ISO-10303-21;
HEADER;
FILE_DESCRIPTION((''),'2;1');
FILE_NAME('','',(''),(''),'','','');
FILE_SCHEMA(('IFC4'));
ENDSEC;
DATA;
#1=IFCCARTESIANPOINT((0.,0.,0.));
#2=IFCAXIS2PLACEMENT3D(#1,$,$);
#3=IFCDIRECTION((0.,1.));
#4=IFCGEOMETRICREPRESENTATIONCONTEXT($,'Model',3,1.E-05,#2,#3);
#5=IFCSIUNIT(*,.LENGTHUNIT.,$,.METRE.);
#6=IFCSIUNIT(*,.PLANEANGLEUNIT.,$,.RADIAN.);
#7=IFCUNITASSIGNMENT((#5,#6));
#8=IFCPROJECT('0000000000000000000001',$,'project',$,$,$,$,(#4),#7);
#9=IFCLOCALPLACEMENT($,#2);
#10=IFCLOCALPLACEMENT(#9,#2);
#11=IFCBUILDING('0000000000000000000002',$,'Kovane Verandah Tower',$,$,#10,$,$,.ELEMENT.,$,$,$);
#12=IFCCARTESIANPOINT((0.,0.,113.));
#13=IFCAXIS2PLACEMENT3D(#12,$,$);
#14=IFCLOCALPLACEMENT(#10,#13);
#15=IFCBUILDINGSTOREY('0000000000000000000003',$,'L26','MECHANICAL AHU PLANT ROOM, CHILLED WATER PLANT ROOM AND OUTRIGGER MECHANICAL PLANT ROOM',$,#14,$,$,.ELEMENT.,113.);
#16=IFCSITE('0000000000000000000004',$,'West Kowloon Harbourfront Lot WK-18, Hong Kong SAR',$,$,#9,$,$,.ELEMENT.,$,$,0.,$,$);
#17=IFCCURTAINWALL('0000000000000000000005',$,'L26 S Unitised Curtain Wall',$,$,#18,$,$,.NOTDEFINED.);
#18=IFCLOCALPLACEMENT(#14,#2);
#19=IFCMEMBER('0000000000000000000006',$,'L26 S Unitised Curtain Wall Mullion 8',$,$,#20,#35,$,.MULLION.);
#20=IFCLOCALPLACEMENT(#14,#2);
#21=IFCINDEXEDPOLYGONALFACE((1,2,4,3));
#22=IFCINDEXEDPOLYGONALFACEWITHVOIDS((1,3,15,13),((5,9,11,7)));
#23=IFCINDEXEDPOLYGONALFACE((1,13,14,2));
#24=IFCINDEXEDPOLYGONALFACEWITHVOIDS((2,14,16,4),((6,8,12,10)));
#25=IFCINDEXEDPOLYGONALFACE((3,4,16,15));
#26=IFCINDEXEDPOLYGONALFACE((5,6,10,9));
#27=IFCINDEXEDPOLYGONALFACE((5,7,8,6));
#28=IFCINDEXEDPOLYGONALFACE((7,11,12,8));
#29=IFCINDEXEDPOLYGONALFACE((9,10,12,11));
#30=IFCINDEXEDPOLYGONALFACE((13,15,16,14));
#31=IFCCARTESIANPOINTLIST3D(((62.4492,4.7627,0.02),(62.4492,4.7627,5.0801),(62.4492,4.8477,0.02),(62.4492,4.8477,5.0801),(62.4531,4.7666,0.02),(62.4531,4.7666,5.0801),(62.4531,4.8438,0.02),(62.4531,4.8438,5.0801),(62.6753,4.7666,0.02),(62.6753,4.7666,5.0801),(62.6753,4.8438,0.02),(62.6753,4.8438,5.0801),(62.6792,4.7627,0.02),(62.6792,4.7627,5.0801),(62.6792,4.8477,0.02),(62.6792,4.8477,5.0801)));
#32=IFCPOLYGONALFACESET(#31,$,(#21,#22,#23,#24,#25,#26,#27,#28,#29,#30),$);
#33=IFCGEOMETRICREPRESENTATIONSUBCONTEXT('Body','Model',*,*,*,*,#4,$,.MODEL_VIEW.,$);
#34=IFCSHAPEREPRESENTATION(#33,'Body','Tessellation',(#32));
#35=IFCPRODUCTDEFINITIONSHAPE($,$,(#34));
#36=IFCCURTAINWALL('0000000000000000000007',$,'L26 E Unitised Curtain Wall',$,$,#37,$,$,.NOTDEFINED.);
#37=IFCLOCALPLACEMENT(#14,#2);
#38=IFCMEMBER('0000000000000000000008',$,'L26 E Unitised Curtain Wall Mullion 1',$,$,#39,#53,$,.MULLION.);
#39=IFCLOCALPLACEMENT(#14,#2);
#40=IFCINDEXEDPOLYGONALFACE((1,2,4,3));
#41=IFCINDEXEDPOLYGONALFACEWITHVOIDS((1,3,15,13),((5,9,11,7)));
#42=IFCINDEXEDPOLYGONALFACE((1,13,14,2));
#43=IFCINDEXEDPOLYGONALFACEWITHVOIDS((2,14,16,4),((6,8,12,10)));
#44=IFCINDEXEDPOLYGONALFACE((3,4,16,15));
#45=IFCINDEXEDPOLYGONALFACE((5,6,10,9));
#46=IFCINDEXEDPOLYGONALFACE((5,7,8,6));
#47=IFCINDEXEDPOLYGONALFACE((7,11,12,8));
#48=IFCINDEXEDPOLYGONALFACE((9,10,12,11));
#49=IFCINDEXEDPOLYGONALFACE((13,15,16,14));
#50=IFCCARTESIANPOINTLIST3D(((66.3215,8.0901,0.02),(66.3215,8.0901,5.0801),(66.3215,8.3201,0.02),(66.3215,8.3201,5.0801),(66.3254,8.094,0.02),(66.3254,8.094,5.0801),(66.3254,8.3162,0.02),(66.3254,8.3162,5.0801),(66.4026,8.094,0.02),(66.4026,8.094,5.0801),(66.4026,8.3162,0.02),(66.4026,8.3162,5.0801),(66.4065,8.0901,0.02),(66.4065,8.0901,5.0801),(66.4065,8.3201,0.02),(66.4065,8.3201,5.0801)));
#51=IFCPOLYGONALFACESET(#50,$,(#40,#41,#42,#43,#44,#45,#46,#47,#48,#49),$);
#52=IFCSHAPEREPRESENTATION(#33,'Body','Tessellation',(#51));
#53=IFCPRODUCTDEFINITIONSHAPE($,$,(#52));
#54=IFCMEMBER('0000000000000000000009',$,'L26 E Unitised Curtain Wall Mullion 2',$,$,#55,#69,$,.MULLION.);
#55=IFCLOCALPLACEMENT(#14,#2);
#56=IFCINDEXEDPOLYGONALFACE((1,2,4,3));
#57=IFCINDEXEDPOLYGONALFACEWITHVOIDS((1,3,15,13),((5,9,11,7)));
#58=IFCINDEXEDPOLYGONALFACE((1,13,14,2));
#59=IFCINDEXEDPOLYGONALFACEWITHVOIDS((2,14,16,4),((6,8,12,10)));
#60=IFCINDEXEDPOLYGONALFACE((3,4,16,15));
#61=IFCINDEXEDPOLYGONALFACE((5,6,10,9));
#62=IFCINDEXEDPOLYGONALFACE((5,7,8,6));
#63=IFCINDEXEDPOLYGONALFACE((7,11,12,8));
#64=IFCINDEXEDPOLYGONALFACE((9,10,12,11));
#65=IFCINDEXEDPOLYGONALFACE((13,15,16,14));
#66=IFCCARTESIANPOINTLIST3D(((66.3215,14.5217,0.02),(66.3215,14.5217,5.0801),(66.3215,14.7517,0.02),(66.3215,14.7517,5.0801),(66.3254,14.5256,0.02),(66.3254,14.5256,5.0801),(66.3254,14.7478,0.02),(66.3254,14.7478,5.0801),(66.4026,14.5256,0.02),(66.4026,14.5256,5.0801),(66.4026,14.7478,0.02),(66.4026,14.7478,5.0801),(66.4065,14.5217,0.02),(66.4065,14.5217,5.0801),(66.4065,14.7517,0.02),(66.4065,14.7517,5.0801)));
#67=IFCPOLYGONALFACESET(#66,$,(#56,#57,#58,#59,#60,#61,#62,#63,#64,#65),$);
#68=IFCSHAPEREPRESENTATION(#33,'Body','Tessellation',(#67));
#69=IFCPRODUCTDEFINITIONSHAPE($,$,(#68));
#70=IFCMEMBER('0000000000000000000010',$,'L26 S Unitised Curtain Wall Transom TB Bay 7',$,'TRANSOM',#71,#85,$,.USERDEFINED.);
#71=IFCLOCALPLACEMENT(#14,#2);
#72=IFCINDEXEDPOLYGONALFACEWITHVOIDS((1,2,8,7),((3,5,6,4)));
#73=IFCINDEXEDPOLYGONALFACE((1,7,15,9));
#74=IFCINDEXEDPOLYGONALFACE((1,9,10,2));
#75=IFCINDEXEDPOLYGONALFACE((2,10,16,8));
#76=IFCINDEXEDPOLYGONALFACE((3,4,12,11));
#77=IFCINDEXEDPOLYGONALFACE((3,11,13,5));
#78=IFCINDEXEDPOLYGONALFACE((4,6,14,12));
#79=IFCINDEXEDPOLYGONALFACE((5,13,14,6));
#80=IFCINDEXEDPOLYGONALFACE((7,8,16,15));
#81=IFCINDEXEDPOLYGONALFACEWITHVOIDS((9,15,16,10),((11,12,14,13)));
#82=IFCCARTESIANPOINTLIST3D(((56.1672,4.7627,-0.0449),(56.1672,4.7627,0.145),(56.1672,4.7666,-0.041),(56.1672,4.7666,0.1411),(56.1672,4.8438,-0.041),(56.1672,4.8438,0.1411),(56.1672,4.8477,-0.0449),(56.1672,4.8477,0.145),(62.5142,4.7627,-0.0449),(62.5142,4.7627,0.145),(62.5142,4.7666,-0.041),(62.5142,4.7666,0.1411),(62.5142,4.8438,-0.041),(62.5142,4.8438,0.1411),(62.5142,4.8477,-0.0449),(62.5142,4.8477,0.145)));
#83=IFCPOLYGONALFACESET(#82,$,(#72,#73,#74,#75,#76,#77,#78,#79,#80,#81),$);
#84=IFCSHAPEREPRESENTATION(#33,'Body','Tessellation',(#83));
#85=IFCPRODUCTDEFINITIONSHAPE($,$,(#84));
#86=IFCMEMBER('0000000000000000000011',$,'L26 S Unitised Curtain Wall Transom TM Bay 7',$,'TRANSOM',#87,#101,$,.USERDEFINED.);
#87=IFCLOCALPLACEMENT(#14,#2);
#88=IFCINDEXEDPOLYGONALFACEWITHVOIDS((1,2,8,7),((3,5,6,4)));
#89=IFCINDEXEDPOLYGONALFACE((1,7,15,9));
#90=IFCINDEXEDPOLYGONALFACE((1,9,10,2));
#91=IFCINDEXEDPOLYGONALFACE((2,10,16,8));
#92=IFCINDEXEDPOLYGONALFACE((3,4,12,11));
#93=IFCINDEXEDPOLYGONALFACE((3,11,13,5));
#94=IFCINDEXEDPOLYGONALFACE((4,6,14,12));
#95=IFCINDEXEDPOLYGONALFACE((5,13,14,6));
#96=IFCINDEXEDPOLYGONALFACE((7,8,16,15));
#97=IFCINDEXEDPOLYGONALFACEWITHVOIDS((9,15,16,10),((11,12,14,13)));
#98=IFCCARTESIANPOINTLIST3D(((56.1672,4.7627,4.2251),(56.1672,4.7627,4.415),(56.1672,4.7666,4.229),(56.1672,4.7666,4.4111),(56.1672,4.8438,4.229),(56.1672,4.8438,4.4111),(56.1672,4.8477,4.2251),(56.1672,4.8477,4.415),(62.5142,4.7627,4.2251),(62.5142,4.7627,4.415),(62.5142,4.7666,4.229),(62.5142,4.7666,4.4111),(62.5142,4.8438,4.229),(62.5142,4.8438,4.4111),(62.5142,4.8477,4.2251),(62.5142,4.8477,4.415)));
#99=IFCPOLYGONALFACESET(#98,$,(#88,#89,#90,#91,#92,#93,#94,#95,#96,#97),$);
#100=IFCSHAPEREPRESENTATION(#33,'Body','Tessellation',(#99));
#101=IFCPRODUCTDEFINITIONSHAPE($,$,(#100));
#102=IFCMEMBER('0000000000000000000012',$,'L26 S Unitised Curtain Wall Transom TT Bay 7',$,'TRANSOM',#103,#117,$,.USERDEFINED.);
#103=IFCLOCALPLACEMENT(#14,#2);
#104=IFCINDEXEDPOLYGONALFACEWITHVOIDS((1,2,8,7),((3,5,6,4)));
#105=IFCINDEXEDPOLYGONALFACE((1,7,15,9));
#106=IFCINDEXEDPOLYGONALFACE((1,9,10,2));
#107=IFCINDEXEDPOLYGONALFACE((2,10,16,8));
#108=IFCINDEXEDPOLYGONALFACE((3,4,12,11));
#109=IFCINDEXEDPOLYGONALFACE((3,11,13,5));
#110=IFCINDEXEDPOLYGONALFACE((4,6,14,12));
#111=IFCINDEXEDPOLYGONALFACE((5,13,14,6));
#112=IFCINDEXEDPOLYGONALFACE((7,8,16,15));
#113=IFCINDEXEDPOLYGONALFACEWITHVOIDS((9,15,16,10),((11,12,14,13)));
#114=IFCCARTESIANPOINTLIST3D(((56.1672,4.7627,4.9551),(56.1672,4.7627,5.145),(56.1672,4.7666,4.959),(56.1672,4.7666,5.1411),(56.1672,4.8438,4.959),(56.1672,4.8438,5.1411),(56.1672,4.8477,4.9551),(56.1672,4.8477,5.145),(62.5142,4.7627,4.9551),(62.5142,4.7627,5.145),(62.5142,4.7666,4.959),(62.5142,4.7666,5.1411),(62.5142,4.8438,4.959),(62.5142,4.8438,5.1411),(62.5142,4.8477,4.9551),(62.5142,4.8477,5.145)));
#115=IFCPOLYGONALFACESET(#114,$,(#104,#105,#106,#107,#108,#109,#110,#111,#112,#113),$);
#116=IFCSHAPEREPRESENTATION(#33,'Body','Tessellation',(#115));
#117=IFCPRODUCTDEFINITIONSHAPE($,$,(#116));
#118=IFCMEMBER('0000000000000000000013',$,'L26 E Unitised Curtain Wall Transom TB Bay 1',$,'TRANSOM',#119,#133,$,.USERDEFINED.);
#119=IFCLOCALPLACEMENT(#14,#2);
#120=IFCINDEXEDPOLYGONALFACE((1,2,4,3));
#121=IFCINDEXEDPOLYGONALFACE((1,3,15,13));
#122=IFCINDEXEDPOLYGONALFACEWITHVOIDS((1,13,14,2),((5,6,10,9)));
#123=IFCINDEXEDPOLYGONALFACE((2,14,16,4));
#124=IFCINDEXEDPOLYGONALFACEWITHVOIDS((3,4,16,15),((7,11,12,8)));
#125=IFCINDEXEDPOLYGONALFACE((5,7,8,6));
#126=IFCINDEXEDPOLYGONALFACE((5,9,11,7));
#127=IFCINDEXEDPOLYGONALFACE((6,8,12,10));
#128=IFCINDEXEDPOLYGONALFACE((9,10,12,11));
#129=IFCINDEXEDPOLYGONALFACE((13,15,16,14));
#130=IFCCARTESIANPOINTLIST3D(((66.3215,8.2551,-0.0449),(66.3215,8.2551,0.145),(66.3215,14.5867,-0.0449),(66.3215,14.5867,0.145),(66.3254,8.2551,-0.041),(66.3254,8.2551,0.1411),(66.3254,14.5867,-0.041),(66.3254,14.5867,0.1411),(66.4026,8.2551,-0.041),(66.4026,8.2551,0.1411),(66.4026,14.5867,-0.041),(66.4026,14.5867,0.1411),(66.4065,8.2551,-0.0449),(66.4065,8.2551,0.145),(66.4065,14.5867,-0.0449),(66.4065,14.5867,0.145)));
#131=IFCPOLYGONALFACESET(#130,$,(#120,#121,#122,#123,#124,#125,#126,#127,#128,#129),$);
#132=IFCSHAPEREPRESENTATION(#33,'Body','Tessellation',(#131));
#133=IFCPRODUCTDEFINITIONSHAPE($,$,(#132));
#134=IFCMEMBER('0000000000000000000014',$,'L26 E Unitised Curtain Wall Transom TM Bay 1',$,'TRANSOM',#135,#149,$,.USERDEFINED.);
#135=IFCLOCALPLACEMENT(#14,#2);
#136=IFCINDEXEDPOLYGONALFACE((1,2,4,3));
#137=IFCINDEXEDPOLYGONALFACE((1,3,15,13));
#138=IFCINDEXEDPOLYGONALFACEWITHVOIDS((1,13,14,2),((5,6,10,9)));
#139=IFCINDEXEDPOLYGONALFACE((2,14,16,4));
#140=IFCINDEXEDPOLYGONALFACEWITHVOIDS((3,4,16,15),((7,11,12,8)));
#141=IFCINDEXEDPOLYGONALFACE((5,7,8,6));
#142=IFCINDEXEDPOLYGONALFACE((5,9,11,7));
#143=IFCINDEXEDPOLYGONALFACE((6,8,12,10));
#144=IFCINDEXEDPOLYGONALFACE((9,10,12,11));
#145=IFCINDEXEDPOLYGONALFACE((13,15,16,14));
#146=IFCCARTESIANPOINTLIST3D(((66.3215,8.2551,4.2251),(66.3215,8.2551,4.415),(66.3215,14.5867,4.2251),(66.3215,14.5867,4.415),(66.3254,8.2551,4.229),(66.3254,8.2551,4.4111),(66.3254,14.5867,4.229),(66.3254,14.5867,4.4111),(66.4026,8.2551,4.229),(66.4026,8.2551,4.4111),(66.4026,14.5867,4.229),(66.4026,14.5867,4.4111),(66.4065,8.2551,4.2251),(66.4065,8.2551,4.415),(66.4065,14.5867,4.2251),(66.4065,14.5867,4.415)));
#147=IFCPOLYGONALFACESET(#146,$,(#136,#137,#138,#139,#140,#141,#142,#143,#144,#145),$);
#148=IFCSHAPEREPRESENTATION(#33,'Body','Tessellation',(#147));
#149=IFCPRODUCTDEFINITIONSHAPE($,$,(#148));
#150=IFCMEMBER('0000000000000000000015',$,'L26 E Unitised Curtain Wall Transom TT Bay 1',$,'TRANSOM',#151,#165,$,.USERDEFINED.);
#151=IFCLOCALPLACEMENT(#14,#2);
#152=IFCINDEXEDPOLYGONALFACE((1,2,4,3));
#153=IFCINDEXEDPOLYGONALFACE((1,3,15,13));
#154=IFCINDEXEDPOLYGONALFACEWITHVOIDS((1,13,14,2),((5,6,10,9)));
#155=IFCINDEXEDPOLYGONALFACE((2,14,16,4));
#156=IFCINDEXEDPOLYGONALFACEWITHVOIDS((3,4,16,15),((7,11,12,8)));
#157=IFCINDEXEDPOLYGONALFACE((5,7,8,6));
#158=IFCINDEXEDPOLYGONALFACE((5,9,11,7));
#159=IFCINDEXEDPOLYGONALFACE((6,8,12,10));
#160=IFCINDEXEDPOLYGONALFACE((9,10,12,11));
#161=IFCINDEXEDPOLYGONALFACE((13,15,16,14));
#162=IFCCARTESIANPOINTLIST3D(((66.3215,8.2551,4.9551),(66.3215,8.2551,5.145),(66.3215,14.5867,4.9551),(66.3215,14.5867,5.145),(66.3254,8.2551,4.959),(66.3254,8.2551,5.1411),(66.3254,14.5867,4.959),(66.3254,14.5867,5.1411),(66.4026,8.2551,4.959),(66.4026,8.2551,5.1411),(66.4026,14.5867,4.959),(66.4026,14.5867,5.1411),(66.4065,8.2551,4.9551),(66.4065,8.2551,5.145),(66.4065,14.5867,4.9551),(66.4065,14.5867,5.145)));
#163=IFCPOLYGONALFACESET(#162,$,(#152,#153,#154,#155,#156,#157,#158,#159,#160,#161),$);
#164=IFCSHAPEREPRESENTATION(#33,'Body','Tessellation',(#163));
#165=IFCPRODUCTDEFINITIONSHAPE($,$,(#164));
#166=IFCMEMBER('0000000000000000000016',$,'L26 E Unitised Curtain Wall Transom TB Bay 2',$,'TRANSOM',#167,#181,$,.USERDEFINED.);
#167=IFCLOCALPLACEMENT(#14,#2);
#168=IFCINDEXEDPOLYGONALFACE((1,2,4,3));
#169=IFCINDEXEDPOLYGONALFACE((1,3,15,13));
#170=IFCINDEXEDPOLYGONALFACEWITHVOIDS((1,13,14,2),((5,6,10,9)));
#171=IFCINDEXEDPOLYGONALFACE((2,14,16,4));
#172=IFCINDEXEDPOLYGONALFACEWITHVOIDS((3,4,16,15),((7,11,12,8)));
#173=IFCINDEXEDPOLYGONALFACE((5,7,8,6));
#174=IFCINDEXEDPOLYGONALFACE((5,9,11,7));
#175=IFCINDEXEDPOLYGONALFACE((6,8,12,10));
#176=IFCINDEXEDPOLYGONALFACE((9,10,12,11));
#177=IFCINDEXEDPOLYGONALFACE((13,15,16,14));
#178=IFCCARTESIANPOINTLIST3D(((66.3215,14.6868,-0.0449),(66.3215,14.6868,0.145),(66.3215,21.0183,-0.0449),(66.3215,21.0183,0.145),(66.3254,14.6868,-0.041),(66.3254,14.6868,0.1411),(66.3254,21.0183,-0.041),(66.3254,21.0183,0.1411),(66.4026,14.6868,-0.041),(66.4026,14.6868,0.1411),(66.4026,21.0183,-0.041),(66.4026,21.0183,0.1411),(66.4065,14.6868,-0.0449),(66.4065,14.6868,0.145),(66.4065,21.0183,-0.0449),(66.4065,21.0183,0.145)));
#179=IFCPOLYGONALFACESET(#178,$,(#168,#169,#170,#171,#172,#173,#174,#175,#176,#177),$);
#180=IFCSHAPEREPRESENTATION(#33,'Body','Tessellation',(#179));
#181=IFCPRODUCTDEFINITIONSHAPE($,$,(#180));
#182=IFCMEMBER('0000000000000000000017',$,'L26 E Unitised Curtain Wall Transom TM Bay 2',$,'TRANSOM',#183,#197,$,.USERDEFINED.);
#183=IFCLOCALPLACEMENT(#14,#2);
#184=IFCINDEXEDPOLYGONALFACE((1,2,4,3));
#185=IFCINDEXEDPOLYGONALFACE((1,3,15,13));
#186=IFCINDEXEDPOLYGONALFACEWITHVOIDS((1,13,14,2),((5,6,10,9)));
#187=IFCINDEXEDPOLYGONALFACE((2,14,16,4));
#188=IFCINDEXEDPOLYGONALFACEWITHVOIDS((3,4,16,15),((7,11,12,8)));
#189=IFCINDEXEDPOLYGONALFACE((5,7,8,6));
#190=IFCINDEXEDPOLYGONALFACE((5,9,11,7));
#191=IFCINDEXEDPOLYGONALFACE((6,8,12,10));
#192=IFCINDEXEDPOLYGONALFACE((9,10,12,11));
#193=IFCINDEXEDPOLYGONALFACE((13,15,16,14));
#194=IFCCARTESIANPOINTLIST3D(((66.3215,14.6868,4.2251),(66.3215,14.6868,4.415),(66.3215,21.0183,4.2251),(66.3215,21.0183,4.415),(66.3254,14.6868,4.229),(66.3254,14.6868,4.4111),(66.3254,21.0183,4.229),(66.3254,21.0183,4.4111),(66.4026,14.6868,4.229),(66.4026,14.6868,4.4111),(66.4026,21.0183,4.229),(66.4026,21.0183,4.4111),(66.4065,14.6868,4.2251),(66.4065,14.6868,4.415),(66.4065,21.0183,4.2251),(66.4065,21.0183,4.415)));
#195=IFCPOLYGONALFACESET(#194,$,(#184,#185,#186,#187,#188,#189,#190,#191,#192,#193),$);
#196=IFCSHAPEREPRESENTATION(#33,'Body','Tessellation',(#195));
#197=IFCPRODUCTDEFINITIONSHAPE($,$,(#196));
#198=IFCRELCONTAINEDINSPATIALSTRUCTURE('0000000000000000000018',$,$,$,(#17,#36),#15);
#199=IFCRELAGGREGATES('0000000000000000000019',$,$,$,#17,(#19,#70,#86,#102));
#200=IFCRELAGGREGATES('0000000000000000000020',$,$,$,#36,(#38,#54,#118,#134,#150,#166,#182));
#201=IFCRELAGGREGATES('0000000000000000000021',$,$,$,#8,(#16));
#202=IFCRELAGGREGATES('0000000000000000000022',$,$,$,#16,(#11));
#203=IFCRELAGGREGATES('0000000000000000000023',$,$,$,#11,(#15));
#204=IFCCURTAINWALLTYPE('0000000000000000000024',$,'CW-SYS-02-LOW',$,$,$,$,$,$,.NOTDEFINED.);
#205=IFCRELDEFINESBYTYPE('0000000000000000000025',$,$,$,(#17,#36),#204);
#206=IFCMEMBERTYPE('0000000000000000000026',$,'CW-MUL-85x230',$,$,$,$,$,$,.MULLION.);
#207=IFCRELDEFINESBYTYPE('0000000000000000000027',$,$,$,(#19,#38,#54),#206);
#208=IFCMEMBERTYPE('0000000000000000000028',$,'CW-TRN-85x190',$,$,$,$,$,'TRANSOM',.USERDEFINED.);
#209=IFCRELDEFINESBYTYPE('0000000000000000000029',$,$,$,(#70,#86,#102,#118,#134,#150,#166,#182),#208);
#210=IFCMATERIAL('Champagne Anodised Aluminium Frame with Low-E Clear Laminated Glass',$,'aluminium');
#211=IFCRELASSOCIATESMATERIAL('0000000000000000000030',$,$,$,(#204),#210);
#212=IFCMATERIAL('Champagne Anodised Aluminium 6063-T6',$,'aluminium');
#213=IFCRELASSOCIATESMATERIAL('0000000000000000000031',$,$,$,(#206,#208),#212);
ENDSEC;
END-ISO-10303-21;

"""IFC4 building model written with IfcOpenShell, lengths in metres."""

from ifc_helpers import new_model, si_unit, direction, frame, origin, origin_2d, place, context, subcontext, project, spatial, hollow_rectangle, extrude, material, material_profile, profile_set, type_object, element, aggregate, save


model = new_model("IFC4")

# Units and contexts
model_context = context("Model", 3, precision=1e-05, world=origin(), true_north=direction((0.0, 1.0)))
body_context = subcontext(model_context, "Body", "Model", "MODEL_VIEW")
ifc_project = project(units=[si_unit("LENGTHUNIT", "METRE"), si_unit("PLANEANGLEUNIT", "RADIAN")], contexts=[model_context])

# Site, building, storey
site_placement = place(None, origin())
site = spatial("IfcSite", under=ifc_project, at=site_placement, Name="West Kowloon Harbourfront Lot WK-18, Hong Kong SAR", CompositionType="ELEMENT", RefElevation=0.0)
building_placement = place(site_placement, origin())
building = spatial("IfcBuilding", under=site, at=building_placement, Name="Kovane Verandah Tower", CompositionType="ELEMENT")
storey_placement = place(building_placement, frame((0.0, 0.0, 113.0)))
storey = spatial("IfcBuildingStorey", under=building, at=storey_placement, Name="L26", Description="MECHANICAL AHU PLANT ROOM, CHILLED WATER PLANT ROOM AND OUTRIGGER MECHANICAL PLANT ROOM", CompositionType="ELEMENT", Elevation=113.0)

# Curtain walls, members
ifc_material_1 = material(Name="Champagne Anodised Aluminium Frame with Low-E Clear Laminated Glass", Category="aluminium")
curtain_wall_type = type_object("IfcCurtainWallType", Name="CW-SYS-02-LOW", PredefinedType="NOTDEFINED", material=ifc_material_1)
curtain_wall_1_placement = place(storey_placement, origin())
curtain_wall_1 = element("IfcCurtainWall", 1, at=curtain_wall_1_placement, inside=storey, type_object=curtain_wall_type, Name="L26 S Unitised Curtain Wall", PredefinedType="NOTDEFINED")
ifc_material_2 = material(Name="Champagne Anodised Aluminium 6063-T6", Category="aluminium")
ifc_material_profile_1 = material_profile(ifc_material_2, hollow_rectangle(XDim=0.085, YDim=0.23, WallThickness=0.0039, at=origin_2d()), Name="AL85x230x4")
ifc_profile_set_1 = profile_set([ifc_material_profile_1], Name="Champagne Anodised Aluminium 6063-T6")
member_type_1 = type_object("IfcMemberType", Name="CW-MUL-85x230", PredefinedType="MULLION", material=ifc_profile_set_1)
member_1_placement = place(storey_placement, frame((62.5642, 4.8052, 0.02), z_axis=(0.0, 0.0, 1.0), x_axis=(0.0, -1.0, 0.0)))
member_1 = element("IfcMember", 2, at=member_1_placement, type_object=member_type_1, Name="L26 S Unitised Curtain Wall Mullion 8", PredefinedType="MULLION", context=body_context, shape_type="SweptSolid", body=[
    extrude(hollow_rectangle(XDim=0.085, YDim=0.23, WallThickness=0.0039, at=origin_2d()), origin(), (0.0, 0.0, 1.0), 5.0601),
])
curtain_wall_2_placement = place(storey_placement, origin())
curtain_wall_2 = element("IfcCurtainWall", 3, at=curtain_wall_2_placement, inside=storey, type_object=curtain_wall_type, Name="L26 E Unitised Curtain Wall", PredefinedType="NOTDEFINED")
member_2_placement = place(storey_placement, frame((66.364, 8.2051, 0.02), z_axis=(0.0, 0.0, 1.0), x_axis=(1.0, 0.0, 0.0)))
member_2 = element("IfcMember", 4, at=member_2_placement, type_object=member_type_1, Name="L26 E Unitised Curtain Wall Mullion 1", PredefinedType="MULLION", context=body_context, shape_type="SweptSolid", body=[
    extrude(hollow_rectangle(XDim=0.085, YDim=0.23, WallThickness=0.0039, at=origin_2d()), origin(), (0.0, 0.0, 1.0), 5.0601),
])
member_3_placement = place(storey_placement, frame((66.364, 14.6367, 0.02), z_axis=(0.0, 0.0, 1.0), x_axis=(1.0, 0.0, 0.0)))
member_3 = element("IfcMember", 5, at=member_3_placement, type_object=member_type_1, Name="L26 E Unitised Curtain Wall Mullion 2", PredefinedType="MULLION", context=body_context, shape_type="SweptSolid", body=[
    extrude(hollow_rectangle(XDim=0.085, YDim=0.23, WallThickness=0.0039, at=origin_2d()), origin(), (0.0, 0.0, 1.0), 5.0601),
])

# Members
ifc_material_profile_2 = material_profile(ifc_material_2, hollow_rectangle(XDim=0.085, YDim=0.1899, WallThickness=0.0039, at=origin_2d()), Name="AL85x190x4")
ifc_profile_set_2 = profile_set([ifc_material_profile_2], Name="Champagne Anodised Aluminium 6063-T6")
member_type_2 = type_object("IfcMemberType", Name="CW-TRN-85x190", ElementType="TRANSOM", PredefinedType="USERDEFINED", material=ifc_profile_set_2)
member_4_placement = place(storey_placement, frame((56.1672, 4.8052, 0.05), z_axis=(1.0, 0.0, 0.0), x_axis=(0.0, 1.0, 0.0)))
member_4 = element("IfcMember", 6, at=member_4_placement, type_object=member_type_2, Name="L26 S Unitised Curtain Wall Transom TB Bay 7", ObjectType="TRANSOM", PredefinedType="USERDEFINED", context=body_context, shape_type="SweptSolid", body=[
    extrude(hollow_rectangle(XDim=0.085, YDim=0.1899, WallThickness=0.0039, at=origin_2d()), origin(), (0.0, 0.0, 1.0), 6.3469),
])
member_5_placement = place(storey_placement, frame((56.1672, 4.8052, 4.3201), z_axis=(1.0, 0.0, 0.0), x_axis=(0.0, 1.0, 0.0)))
member_5 = element("IfcMember", 7, at=member_5_placement, type_object=member_type_2, Name="L26 S Unitised Curtain Wall Transom TM Bay 7", ObjectType="TRANSOM", PredefinedType="USERDEFINED", context=body_context, shape_type="SweptSolid", body=[
    extrude(hollow_rectangle(XDim=0.085, YDim=0.1899, WallThickness=0.0039, at=origin_2d()), origin(), (0.0, 0.0, 1.0), 6.3469),
])
member_6_placement = place(storey_placement, frame((56.1672, 4.8052, 5.05), z_axis=(1.0, 0.0, 0.0), x_axis=(0.0, 1.0, 0.0)))
member_6 = element("IfcMember", 8, at=member_6_placement, type_object=member_type_2, Name="L26 S Unitised Curtain Wall Transom TT Bay 7", ObjectType="TRANSOM", PredefinedType="USERDEFINED", context=body_context, shape_type="SweptSolid", body=[
    extrude(hollow_rectangle(XDim=0.085, YDim=0.1899, WallThickness=0.0039, at=origin_2d()), origin(), (0.0, 0.0, 1.0), 6.3469),
])
member_7_placement = place(storey_placement, frame((66.364, 8.2551, 0.05), z_axis=(0.0, 1.0, 0.0), x_axis=(-1.0, 0.0, 0.0)))
member_7 = element("IfcMember", 9, at=member_7_placement, type_object=member_type_2, Name="L26 E Unitised Curtain Wall Transom TB Bay 1", ObjectType="TRANSOM", PredefinedType="USERDEFINED", context=body_context, shape_type="SweptSolid", body=[
    extrude(hollow_rectangle(XDim=0.085, YDim=0.1899, WallThickness=0.0039, at=origin_2d()), origin(), (0.0, 0.0, 1.0), 6.3315),
])
member_8_placement = place(storey_placement, frame((66.364, 8.2551, 4.3201), z_axis=(0.0, 1.0, 0.0), x_axis=(-1.0, 0.0, 0.0)))
member_8 = element("IfcMember", 10, at=member_8_placement, type_object=member_type_2, Name="L26 E Unitised Curtain Wall Transom TM Bay 1", ObjectType="TRANSOM", PredefinedType="USERDEFINED", context=body_context, shape_type="SweptSolid", body=[
    extrude(hollow_rectangle(XDim=0.085, YDim=0.1899, WallThickness=0.0039, at=origin_2d()), origin(), (0.0, 0.0, 1.0), 6.3315),
])
member_9_placement = place(storey_placement, frame((66.364, 8.2551, 5.05), z_axis=(0.0, 1.0, 0.0), x_axis=(-1.0, 0.0, 0.0)))
member_9 = element("IfcMember", 11, at=member_9_placement, type_object=member_type_2, Name="L26 E Unitised Curtain Wall Transom TT Bay 1", ObjectType="TRANSOM", PredefinedType="USERDEFINED", context=body_context, shape_type="SweptSolid", body=[
    extrude(hollow_rectangle(XDim=0.085, YDim=0.1899, WallThickness=0.0039, at=origin_2d()), origin(), (0.0, 0.0, 1.0), 6.3315),
])
member_10_placement = place(storey_placement, frame((66.364, 14.6868, 0.05), z_axis=(0.0, 1.0, 0.0), x_axis=(-1.0, 0.0, 0.0)))
member_10 = element("IfcMember", 12, at=member_10_placement, type_object=member_type_2, Name="L26 E Unitised Curtain Wall Transom TB Bay 2", ObjectType="TRANSOM", PredefinedType="USERDEFINED", context=body_context, shape_type="SweptSolid", body=[
    extrude(hollow_rectangle(XDim=0.085, YDim=0.1899, WallThickness=0.0039, at=origin_2d()), origin(), (0.0, 0.0, 1.0), 6.3315),
])
member_11_placement = place(storey_placement, frame((66.364, 14.6868, 4.3201), z_axis=(0.0, 1.0, 0.0), x_axis=(-1.0, 0.0, 0.0)))
member_11 = element("IfcMember", 13, at=member_11_placement, type_object=member_type_2, Name="L26 E Unitised Curtain Wall Transom TM Bay 2", ObjectType="TRANSOM", PredefinedType="USERDEFINED", context=body_context, shape_type="SweptSolid", body=[
    extrude(hollow_rectangle(XDim=0.085, YDim=0.1899, WallThickness=0.0039, at=origin_2d()), origin(), (0.0, 0.0, 1.0), 6.3315),
])

aggregate(curtain_wall_1, [member_1, member_4, member_5, member_6])
aggregate(curtain_wall_2, [member_2, member_3, member_7, member_8, member_9, member_10, member_11])

save(model, "model.ifc")
